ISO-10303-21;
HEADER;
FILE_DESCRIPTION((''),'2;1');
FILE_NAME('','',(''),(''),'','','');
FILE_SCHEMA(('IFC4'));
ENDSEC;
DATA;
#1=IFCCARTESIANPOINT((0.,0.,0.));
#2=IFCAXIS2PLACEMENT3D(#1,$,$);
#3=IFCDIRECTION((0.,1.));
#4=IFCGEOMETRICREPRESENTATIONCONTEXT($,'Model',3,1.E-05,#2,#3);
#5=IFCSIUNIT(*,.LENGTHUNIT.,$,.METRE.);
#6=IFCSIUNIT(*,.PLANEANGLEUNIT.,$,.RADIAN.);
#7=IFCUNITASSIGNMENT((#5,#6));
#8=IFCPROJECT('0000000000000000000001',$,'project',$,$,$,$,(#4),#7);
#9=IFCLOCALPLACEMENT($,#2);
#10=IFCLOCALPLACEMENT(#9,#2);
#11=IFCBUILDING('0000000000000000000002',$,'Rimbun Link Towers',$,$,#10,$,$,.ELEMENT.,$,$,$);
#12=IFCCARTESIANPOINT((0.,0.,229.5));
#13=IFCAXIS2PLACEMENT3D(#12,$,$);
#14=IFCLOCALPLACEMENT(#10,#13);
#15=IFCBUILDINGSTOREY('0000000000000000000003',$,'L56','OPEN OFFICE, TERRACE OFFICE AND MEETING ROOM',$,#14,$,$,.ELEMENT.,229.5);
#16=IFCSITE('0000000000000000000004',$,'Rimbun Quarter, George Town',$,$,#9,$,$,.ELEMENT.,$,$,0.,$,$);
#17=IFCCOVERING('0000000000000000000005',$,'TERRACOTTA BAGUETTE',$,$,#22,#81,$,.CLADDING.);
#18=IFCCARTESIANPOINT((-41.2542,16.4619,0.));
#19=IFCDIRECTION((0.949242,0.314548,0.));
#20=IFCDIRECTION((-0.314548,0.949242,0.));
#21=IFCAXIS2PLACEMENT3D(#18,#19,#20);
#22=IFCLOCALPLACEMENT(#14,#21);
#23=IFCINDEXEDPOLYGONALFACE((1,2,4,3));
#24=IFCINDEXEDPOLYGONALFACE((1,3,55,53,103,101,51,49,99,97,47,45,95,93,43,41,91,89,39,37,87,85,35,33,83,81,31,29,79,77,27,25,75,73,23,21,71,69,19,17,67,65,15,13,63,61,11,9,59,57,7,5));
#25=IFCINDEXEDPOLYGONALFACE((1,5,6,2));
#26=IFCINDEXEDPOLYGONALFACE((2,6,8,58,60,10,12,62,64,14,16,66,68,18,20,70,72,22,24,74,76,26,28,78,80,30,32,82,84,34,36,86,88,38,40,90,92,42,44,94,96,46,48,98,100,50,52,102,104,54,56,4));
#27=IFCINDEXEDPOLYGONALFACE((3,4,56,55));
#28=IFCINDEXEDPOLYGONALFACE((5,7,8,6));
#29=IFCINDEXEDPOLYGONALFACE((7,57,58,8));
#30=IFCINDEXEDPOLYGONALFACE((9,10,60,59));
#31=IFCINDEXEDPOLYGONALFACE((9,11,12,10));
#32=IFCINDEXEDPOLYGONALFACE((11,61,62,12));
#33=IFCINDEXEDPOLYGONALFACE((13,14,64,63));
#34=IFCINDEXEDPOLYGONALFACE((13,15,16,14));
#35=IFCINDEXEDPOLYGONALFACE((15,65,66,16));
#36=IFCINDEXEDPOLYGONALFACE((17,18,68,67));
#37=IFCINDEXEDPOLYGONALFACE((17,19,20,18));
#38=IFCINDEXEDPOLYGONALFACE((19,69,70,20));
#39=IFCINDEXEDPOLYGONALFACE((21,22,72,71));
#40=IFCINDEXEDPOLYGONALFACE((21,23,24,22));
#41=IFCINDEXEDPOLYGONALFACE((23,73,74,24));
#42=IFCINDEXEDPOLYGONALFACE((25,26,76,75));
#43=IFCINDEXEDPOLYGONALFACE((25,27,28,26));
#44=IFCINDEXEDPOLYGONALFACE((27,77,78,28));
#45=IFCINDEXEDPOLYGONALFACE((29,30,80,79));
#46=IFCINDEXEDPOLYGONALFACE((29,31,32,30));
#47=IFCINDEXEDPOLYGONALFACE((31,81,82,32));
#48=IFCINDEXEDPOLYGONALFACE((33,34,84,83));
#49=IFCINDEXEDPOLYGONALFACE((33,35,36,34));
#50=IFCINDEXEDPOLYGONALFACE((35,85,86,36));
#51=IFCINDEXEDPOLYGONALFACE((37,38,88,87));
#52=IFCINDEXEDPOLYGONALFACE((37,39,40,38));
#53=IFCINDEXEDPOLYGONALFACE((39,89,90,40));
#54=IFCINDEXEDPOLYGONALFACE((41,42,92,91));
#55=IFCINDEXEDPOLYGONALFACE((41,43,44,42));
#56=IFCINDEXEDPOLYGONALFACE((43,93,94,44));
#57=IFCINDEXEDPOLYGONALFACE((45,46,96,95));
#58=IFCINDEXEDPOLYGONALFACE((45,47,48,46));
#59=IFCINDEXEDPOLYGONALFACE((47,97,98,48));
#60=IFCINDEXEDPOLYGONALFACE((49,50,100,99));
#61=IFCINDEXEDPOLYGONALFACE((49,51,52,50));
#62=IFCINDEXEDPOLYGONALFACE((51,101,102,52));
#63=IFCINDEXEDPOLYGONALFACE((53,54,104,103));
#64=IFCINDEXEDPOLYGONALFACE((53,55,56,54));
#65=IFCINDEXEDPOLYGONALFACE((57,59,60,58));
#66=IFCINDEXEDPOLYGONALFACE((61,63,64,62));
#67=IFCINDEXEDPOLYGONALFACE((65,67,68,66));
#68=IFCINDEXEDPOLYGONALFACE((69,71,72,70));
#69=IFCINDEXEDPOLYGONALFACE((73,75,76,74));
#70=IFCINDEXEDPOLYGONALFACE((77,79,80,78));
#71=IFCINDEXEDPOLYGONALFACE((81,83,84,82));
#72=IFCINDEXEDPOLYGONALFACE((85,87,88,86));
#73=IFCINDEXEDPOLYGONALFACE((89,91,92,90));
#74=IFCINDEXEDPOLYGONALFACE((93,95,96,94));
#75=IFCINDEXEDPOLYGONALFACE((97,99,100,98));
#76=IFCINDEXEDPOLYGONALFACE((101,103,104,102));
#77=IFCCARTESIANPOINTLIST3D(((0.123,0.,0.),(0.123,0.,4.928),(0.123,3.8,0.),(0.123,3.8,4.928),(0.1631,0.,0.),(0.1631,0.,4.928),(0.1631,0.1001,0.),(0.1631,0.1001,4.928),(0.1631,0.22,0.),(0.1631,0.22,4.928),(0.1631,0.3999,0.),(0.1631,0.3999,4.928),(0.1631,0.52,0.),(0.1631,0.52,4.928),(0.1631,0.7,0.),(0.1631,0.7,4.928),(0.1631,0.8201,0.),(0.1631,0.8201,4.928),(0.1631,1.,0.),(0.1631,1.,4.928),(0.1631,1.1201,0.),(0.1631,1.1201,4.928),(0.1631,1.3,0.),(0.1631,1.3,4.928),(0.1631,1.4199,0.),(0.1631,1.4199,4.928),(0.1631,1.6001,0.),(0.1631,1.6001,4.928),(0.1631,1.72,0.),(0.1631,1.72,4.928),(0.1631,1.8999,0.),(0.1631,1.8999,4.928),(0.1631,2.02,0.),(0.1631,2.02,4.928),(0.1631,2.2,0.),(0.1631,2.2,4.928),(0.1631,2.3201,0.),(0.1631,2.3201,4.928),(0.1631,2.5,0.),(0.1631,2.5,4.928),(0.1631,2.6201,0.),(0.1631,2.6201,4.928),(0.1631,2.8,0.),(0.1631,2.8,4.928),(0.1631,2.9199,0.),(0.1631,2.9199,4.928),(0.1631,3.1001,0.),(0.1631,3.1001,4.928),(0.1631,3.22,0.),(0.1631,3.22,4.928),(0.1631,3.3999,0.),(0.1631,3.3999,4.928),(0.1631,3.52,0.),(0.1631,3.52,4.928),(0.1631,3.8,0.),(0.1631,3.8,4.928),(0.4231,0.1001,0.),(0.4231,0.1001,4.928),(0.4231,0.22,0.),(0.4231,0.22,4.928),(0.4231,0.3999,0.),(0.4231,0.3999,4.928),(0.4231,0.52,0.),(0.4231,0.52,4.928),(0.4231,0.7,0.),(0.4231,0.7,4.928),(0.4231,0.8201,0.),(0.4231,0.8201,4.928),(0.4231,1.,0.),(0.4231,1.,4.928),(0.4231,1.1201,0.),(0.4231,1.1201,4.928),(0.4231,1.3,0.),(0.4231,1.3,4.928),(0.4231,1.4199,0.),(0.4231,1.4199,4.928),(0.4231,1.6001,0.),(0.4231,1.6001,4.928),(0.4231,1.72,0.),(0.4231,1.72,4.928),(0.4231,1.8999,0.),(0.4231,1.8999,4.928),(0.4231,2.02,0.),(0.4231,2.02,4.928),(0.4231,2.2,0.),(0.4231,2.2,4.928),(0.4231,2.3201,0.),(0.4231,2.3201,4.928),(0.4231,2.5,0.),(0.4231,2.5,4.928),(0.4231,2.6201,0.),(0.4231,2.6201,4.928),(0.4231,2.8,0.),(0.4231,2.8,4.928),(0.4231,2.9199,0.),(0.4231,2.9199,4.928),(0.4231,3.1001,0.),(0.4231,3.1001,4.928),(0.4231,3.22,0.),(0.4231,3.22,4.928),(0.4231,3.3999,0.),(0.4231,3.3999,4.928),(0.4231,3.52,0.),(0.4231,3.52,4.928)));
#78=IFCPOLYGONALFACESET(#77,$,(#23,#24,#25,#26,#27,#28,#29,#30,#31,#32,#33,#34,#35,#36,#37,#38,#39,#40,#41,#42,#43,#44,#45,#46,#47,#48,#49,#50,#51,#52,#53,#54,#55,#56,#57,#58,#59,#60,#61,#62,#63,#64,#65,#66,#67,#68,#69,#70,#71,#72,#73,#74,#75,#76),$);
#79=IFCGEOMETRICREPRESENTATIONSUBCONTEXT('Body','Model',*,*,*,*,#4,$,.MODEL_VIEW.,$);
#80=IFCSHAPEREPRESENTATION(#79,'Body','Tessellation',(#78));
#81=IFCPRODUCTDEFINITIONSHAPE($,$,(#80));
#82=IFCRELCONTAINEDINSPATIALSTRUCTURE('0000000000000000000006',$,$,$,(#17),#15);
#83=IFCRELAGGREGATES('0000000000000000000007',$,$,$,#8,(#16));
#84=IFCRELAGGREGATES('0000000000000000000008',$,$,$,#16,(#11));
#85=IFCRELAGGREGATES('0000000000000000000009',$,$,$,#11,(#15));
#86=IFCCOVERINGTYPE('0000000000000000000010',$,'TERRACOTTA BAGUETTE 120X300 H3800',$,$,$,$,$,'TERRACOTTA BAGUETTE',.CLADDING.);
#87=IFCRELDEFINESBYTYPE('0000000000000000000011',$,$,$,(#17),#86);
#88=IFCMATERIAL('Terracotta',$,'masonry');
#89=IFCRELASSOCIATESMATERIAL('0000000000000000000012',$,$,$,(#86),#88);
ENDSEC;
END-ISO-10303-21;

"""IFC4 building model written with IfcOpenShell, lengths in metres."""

from ifc_helpers import new_model, si_unit, direction, frame, origin, place, context, subcontext, project, spatial, polyline, outline, extrude, material, material_profile, profile_set, type_object, element, save


model = new_model("IFC4")

# Units and contexts
model_context = context("Model", 3, precision=1e-05, world=origin(), true_north=direction((0.0, 1.0)))
body_context = subcontext(model_context, "Body", "Model", "MODEL_VIEW")
ifc_project = project(units=[si_unit("LENGTHUNIT", "METRE"), si_unit("PLANEANGLEUNIT", "RADIAN")], contexts=[model_context])

# Site, building, storey
site_placement = place(None, origin())
site = spatial("IfcSite", under=ifc_project, at=site_placement, Name="Rimbun Quarter, George Town", CompositionType="ELEMENT", RefElevation=0.0)
building_placement = place(site_placement, origin())
building = spatial("IfcBuilding", under=site, at=building_placement, Name="Rimbun Link Towers", CompositionType="ELEMENT")
storey_placement = place(building_placement, frame((0.0, 0.0, 229.5)))
storey = spatial("IfcBuildingStorey", under=building, at=storey_placement, Name="L56", Description="OPEN OFFICE, TERRACE OFFICE AND MEETING ROOM", CompositionType="ELEMENT", Elevation=229.5)

# Covering
ifc_material_1 = material(Name="Terracotta", Category="masonry")
ifc_material_profile_1 = material_profile(ifc_material_1, outline(polyline([(0.123, 0.0), (0.1631, 0.0), (0.1631, 0.1001), (0.4231, 0.1001), (0.4231, 0.22), (0.1631, 0.22), (0.1631, 0.3999), (0.4231, 0.3999), (0.4231, 0.52), (0.1631, 0.52), (0.1631, 0.7), (0.4231, 0.7), (0.4231, 0.8201), (0.1631, 0.8201), (0.1631, 1.0), (0.4231, 1.0), (0.4231, 1.1201), (0.1631, 1.1201), (0.1631, 1.3), (0.4231, 1.3), (0.4231, 1.4199), (0.1631, 1.4199), (0.1631, 1.6001), (0.4231, 1.6001), (0.4231, 1.72), (0.1631, 1.72), (0.1631, 1.8999), (0.4231, 1.8999), (0.4231, 2.02), (0.1631, 2.02), (0.1631, 2.2), (0.4231, 2.2), (0.4231, 2.3201), (0.1631, 2.3201), (0.1631, 2.5), (0.4231, 2.5), (0.4231, 2.6201), (0.1631, 2.6201), (0.1631, 2.8), (0.4231, 2.8), (0.4231, 2.9199), (0.1631, 2.9199), (0.1631, 3.1001), (0.4231, 3.1001), (0.4231, 3.22), (0.1631, 3.22), (0.1631, 3.3999), (0.4231, 3.3999), (0.4231, 3.52), (0.1631, 3.52), (0.1631, 3.8), (0.123, 3.8), (0.123, 0.0)])), Name="BAGUETTE 120X300")
ifc_profile_set_1 = profile_set([ifc_material_profile_1], Name="Terracotta")
covering_type = type_object("IfcCoveringType", Name="TERRACOTTA BAGUETTE 120X300 H3800", ElementType="TERRACOTTA BAGUETTE", PredefinedType="CLADDING", material=ifc_profile_set_1)
covering_1_placement = place(storey_placement, frame((-41.2542, 16.4619, 0.0), z_axis=(0.949242, 0.314548, 0.0), x_axis=(-0.314548, 0.949242, 0.0)))
element("IfcCovering", 1, at=covering_1_placement, inside=storey, type_object=covering_type, Name="TERRACOTTA BAGUETTE", PredefinedType="CLADDING", context=body_context, shape_type="SweptSolid", body=[
    extrude(outline(polyline([(0.123, 0.0), (0.1631, 0.0), (0.1631, 0.1001), (0.4231, 0.1001), (0.4231, 0.22), (0.1631, 0.22), (0.1631, 0.3999), (0.4231, 0.3999), (0.4231, 0.52), (0.1631, 0.52), (0.1631, 0.7), (0.4231, 0.7), (0.4231, 0.8201), (0.1631, 0.8201), (0.1631, 1.0), (0.4231, 1.0), (0.4231, 1.1201), (0.1631, 1.1201), (0.1631, 1.3), (0.4231, 1.3), (0.4231, 1.4199), (0.1631, 1.4199), (0.1631, 1.6001), (0.4231, 1.6001), (0.4231, 1.72), (0.1631, 1.72), (0.1631, 1.8999), (0.4231, 1.8999), (0.4231, 2.02), (0.1631, 2.02), (0.1631, 2.2), (0.4231, 2.2), (0.4231, 2.3201), (0.1631, 2.3201), (0.1631, 2.5), (0.4231, 2.5), (0.4231, 2.6201), (0.1631, 2.6201), (0.1631, 2.8), (0.4231, 2.8), (0.4231, 2.9199), (0.1631, 2.9199), (0.1631, 3.1001), (0.4231, 3.1001), (0.4231, 3.22), (0.1631, 3.22), (0.1631, 3.3999), (0.4231, 3.3999), (0.4231, 3.52), (0.1631, 3.52), (0.1631, 3.8), (0.123, 3.8), (0.123, 0.0)])), origin(), (0.0, 0.0, 1.0), 4.928),
])

save(model, "model.ifc")
